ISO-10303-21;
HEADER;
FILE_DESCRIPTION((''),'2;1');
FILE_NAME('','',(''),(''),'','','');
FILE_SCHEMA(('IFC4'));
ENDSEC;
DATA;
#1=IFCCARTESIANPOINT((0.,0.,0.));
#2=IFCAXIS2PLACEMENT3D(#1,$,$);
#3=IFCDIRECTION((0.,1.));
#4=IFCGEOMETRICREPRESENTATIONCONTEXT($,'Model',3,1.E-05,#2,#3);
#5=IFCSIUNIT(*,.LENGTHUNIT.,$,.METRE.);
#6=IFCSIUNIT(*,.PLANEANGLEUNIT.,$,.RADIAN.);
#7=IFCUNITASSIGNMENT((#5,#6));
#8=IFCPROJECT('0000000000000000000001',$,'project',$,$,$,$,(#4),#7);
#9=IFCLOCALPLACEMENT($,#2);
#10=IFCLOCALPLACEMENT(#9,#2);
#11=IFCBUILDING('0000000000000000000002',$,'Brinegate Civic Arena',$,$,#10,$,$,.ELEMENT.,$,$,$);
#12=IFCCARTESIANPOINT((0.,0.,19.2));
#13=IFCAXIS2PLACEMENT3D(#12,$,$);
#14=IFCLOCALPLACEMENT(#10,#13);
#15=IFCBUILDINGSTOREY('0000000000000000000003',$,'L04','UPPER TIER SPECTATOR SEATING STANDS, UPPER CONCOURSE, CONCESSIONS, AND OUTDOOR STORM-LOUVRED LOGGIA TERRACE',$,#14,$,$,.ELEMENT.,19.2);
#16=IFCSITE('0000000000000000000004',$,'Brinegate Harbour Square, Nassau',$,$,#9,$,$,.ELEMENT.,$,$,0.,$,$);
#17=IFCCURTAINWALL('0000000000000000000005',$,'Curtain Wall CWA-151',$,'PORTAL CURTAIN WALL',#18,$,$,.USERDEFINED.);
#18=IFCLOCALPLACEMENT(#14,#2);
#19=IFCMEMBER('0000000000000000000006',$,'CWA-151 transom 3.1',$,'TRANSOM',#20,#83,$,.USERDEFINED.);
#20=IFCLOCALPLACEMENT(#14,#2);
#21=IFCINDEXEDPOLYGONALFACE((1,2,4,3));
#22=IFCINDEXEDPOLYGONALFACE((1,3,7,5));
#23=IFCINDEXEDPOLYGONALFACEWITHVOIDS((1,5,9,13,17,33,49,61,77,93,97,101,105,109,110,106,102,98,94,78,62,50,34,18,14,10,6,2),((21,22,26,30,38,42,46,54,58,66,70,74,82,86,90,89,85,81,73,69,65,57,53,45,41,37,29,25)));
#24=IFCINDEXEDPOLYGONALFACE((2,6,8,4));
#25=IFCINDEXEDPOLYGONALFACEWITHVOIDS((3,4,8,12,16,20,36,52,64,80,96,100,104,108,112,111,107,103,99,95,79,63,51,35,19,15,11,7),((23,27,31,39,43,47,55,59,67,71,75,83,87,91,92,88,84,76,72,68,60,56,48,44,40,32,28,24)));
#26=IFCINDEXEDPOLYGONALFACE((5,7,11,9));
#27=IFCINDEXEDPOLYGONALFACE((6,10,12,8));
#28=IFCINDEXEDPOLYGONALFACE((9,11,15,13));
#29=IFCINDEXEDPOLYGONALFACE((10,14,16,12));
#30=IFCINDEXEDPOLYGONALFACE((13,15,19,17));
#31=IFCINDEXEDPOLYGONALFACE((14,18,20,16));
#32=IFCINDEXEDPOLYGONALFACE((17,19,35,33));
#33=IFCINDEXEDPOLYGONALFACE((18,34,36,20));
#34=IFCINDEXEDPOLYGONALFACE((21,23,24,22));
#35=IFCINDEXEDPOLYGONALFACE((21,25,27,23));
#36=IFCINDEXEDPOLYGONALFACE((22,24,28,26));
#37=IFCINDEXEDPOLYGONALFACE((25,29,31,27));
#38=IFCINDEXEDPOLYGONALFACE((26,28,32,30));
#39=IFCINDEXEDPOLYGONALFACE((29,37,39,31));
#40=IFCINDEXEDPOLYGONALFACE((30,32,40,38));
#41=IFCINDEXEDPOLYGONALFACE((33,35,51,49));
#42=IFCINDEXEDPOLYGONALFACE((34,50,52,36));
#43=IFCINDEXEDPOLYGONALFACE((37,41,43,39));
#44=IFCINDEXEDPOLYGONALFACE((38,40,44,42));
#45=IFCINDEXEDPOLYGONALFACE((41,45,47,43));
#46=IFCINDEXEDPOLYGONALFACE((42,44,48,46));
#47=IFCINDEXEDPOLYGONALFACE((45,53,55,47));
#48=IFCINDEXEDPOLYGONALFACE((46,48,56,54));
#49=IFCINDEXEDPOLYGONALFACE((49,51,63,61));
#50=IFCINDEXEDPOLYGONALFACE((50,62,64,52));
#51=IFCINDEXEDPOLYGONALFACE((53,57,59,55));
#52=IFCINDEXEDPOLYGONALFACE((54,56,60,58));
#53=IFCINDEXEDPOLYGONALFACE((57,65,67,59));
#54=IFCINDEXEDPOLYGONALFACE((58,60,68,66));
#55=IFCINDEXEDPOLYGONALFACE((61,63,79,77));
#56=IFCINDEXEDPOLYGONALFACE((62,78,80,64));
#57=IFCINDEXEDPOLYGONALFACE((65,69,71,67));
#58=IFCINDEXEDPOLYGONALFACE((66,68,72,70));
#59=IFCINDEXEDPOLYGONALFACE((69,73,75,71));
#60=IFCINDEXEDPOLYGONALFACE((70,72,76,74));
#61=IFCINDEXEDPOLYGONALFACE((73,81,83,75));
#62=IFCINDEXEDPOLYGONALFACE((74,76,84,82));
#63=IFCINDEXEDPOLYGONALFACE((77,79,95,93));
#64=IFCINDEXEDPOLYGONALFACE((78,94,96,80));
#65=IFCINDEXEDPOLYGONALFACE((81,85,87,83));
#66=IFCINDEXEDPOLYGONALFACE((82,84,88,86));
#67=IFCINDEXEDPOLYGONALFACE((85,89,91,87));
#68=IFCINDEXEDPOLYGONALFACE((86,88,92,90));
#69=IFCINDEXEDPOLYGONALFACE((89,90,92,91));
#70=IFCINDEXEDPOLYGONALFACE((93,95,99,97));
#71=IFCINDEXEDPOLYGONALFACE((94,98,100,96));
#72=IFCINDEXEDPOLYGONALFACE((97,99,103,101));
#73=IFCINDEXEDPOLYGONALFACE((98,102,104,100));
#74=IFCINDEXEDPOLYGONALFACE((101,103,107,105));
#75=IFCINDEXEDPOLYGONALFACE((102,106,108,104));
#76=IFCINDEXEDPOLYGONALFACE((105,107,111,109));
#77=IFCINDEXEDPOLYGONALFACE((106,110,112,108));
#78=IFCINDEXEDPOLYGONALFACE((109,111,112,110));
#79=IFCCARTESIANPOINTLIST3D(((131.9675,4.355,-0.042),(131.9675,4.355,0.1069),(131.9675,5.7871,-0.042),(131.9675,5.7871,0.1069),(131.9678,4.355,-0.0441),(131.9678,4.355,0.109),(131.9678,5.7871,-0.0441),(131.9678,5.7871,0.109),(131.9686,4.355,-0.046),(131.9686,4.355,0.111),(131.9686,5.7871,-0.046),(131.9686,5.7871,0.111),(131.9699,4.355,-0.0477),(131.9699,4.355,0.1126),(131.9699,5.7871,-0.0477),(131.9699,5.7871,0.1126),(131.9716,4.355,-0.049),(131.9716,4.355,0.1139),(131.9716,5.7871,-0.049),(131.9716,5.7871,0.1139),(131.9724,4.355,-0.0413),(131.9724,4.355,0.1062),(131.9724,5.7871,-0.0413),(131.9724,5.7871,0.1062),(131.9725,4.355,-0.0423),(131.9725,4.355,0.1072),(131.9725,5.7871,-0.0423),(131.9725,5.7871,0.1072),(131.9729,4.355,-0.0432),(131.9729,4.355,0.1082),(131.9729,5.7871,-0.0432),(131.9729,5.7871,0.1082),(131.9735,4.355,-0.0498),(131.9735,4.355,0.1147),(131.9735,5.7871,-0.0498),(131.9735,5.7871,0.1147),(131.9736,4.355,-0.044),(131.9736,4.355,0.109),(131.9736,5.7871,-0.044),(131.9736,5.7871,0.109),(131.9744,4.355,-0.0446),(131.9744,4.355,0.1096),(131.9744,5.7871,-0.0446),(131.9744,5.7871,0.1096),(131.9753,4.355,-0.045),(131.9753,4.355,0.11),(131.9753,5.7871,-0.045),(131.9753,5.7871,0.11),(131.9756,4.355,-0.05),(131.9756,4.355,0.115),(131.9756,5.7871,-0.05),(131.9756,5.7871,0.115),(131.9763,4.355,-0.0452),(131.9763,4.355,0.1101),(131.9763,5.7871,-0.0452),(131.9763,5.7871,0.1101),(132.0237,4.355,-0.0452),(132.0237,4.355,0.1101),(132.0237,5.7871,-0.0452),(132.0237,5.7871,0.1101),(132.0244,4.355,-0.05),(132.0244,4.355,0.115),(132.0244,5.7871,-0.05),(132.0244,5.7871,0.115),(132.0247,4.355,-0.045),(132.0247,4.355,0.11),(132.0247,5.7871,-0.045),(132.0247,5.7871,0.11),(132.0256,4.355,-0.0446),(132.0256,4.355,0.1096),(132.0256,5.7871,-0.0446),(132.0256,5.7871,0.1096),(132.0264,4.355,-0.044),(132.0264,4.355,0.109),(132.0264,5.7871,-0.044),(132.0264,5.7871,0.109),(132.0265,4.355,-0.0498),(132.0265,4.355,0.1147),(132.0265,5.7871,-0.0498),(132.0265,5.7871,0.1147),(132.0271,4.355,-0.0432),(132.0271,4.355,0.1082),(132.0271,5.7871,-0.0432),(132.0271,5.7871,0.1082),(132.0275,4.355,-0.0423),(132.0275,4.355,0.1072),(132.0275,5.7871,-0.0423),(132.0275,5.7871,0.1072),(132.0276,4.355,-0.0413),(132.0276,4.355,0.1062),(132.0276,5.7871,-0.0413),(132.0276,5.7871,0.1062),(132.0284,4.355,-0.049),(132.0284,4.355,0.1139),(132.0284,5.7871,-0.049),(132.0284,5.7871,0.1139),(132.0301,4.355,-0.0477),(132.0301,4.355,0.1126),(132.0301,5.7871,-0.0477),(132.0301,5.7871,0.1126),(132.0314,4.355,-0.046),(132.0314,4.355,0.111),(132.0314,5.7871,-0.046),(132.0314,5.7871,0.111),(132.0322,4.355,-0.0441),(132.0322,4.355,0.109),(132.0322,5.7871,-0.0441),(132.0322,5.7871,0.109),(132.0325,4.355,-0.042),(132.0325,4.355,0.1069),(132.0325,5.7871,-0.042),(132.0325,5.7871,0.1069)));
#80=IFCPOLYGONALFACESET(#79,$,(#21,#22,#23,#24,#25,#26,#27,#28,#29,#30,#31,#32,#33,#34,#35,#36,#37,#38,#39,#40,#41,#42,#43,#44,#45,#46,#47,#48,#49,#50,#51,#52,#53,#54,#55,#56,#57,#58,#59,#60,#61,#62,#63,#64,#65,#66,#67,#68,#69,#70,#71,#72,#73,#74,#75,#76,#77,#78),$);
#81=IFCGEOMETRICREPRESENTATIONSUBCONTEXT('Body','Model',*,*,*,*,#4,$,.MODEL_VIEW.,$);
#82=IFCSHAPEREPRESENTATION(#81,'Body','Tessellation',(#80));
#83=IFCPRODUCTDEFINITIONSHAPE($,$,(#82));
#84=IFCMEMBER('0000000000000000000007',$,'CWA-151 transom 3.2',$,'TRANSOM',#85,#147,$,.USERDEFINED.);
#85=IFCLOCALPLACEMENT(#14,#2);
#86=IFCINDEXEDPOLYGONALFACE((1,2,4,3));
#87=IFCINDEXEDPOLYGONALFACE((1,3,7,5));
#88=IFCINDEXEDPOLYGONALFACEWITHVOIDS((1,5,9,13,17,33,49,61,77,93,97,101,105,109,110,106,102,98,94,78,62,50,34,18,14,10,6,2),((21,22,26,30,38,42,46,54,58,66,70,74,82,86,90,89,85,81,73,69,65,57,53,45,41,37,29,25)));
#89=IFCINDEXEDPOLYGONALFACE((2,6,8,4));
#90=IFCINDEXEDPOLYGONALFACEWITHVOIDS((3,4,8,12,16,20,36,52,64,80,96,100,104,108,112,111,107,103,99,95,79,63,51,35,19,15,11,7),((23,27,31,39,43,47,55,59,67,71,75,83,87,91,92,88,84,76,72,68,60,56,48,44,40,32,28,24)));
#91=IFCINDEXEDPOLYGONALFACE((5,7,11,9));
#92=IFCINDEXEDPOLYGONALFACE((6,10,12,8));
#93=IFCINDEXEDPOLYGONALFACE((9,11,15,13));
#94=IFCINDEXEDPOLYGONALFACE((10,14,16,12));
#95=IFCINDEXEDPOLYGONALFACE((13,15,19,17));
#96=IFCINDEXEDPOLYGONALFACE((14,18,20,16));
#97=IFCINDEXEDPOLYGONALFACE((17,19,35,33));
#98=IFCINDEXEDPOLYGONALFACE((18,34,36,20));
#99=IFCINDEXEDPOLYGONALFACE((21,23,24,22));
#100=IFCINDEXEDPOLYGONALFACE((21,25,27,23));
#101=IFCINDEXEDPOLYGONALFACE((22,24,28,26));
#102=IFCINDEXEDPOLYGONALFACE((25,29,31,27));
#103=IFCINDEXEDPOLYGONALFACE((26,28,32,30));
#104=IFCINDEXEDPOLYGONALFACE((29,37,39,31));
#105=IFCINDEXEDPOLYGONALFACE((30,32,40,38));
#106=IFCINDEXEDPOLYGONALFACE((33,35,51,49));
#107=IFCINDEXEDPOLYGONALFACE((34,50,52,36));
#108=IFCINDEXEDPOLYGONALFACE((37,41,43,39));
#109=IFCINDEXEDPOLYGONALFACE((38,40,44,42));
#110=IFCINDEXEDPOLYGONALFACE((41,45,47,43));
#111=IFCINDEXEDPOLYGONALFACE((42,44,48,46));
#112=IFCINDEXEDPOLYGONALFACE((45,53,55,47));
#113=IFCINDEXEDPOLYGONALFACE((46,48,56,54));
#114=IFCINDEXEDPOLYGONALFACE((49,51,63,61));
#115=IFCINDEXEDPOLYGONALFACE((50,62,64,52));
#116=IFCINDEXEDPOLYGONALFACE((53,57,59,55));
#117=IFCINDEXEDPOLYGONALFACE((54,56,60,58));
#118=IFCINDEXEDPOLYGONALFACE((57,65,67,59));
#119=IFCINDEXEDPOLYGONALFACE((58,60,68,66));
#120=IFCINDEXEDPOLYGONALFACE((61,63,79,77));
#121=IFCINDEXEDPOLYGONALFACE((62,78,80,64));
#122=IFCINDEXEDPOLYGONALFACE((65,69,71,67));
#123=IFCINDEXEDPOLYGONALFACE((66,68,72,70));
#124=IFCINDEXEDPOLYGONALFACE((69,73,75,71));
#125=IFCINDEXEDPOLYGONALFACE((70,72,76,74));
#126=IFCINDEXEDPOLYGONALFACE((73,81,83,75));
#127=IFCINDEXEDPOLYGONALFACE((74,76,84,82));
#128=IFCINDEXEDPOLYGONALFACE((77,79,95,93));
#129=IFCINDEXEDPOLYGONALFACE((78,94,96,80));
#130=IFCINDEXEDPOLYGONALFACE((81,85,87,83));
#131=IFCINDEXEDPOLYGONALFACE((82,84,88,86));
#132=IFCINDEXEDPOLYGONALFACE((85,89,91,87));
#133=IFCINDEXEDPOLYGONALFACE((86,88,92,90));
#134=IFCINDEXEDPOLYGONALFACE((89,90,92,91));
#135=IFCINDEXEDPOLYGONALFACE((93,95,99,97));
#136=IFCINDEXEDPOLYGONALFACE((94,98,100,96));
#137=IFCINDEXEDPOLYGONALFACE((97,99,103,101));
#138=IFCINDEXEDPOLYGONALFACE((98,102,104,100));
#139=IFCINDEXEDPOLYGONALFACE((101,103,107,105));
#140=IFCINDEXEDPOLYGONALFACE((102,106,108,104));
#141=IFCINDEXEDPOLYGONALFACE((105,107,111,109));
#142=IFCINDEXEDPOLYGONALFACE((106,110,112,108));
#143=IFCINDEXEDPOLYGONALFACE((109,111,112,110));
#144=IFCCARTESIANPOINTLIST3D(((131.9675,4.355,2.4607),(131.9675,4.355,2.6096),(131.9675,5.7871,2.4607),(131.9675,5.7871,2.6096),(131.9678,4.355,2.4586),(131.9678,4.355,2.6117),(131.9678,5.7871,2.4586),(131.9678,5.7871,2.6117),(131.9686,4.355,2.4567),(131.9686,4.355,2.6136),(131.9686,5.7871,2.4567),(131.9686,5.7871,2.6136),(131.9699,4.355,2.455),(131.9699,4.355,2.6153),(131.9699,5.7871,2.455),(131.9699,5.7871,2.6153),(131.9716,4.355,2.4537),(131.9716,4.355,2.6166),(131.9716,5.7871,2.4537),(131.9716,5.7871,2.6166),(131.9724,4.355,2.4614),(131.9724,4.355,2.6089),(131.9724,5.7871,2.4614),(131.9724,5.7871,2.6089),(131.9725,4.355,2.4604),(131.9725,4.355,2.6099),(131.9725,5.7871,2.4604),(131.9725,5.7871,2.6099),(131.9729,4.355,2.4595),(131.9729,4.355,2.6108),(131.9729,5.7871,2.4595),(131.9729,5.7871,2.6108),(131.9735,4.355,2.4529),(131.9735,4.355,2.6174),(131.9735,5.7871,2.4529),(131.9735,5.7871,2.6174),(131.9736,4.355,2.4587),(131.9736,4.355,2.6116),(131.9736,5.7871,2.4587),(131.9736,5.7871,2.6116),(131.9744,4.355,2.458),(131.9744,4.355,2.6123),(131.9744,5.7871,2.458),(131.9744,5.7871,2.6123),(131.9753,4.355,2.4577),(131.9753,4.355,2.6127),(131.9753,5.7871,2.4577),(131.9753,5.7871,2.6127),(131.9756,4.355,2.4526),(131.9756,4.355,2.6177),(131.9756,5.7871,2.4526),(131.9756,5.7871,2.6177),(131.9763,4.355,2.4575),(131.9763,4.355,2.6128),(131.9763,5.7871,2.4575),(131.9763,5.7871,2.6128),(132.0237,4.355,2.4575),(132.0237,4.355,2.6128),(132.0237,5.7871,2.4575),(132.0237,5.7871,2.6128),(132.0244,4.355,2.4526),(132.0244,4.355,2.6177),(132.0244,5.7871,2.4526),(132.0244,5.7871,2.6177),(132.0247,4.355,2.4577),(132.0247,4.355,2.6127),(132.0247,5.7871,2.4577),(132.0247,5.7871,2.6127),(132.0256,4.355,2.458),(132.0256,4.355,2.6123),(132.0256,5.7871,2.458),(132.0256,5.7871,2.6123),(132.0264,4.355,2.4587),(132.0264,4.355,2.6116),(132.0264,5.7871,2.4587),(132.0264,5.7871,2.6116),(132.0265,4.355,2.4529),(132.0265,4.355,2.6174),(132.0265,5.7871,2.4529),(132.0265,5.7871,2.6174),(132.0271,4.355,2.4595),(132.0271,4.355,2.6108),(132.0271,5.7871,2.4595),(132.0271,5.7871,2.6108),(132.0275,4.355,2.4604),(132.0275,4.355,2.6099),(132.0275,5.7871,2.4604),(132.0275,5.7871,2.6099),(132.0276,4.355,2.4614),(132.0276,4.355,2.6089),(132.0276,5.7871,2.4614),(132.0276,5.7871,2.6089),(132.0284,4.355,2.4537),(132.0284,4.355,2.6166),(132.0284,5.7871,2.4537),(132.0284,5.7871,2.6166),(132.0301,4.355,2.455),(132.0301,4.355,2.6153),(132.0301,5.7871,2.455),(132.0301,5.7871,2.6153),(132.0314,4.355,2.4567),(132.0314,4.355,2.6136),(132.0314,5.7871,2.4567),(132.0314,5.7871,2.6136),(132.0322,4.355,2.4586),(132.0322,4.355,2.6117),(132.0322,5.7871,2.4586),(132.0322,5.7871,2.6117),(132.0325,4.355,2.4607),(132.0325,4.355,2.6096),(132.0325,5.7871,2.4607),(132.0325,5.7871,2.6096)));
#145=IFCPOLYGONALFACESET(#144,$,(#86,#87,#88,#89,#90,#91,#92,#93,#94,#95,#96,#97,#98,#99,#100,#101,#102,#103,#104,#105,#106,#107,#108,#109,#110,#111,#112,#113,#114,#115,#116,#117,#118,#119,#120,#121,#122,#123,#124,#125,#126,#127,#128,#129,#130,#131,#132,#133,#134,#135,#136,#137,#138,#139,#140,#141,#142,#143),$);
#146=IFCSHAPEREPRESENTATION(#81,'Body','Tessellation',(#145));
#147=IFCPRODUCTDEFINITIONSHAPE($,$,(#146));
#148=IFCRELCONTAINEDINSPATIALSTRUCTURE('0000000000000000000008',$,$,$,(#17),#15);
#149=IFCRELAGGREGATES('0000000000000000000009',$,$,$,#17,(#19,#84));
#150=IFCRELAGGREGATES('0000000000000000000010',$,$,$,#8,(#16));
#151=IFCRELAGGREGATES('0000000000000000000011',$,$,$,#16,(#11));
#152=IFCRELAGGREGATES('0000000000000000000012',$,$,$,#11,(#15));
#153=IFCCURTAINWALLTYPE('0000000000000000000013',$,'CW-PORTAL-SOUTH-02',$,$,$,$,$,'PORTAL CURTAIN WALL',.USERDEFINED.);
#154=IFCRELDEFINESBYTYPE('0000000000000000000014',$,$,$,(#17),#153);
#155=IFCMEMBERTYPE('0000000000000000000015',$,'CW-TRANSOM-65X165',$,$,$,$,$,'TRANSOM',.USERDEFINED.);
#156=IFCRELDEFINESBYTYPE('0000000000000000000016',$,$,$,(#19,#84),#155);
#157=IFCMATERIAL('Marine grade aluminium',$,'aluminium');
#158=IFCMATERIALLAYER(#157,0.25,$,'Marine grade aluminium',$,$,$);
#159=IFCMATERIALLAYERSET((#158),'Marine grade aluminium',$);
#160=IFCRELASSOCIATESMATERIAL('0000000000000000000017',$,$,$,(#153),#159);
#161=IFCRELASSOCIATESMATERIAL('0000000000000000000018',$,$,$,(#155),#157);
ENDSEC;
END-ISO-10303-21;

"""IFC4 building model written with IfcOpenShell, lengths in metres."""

from ifc_helpers import new_model, si_unit, direction, frame, origin, origin_2d, place, context, subcontext, project, spatial, hollow_rectangle, extrude, material, layer, layer_set, material_profile, profile_set, type_object, element, aggregate, save


model = new_model("IFC4")

# Units and contexts
model_context = context("Model", 3, precision=1e-05, world=origin(), true_north=direction((0.0, 1.0)))
body_context = subcontext(model_context, "Body", "Model", "MODEL_VIEW")
ifc_project = project(units=[si_unit("LENGTHUNIT", "METRE"), si_unit("PLANEANGLEUNIT", "RADIAN")], contexts=[model_context])

# Site, building, storey
site_placement = place(None, origin())
site = spatial("IfcSite", under=ifc_project, at=site_placement, Name="Brinegate Harbour Square, Nassau", CompositionType="ELEMENT", RefElevation=0.0)
building_placement = place(site_placement, origin())
building = spatial("IfcBuilding", under=site, at=building_placement, Name="Brinegate Civic Arena", CompositionType="ELEMENT")
storey_placement = place(building_placement, frame((0.0, 0.0, 19.2)))
storey = spatial("IfcBuildingStorey", under=building, at=storey_placement, Name="L04", Description="UPPER TIER SPECTATOR SEATING STANDS, UPPER CONCOURSE, CONCESSIONS, AND OUTDOOR STORM-LOUVRED LOGGIA TERRACE", CompositionType="ELEMENT", Elevation=19.2)

# Curtain wall, members
ifc_material_1 = material(Name="Marine grade aluminium", Category="aluminium")
ifc_layer_1 = layer(ifc_material_1, 0.25, Name="Marine grade aluminium")
ifc_layer_set_1 = layer_set([ifc_layer_1], Name="Marine grade aluminium")
curtain_wall_type = type_object("IfcCurtainWallType", Name="CW-PORTAL-SOUTH-02", ElementType="PORTAL CURTAIN WALL", PredefinedType="USERDEFINED", material=ifc_layer_set_1)
curtain_wall_placement = place(storey_placement, origin())
curtain_wall = element("IfcCurtainWall", 1, at=curtain_wall_placement, inside=storey, type_object=curtain_wall_type, Name="Curtain Wall CWA-151", ObjectType="PORTAL CURTAIN WALL", PredefinedType="USERDEFINED")
ifc_material_profile_1 = material_profile(ifc_material_1, hollow_rectangle(XDim=0.0649, YDim=0.165, WallThickness=0.0049, InnerFilletRadius=0.0039, OuterFilletRadius=0.0081, at=origin_2d()), Name="TRN65X165")
ifc_profile_set_1 = profile_set([ifc_material_profile_1], Name="Marine grade aluminium")
member_type_1 = type_object("IfcMemberType", Name="CW-TRANSOM-65X165", ElementType="TRANSOM", PredefinedType="USERDEFINED", material=ifc_profile_set_1)
member_1_placement = place(storey_placement, frame((132.0, 4.355, 0.0325), z_axis=(0.0, 1.0, 0.0), x_axis=(-1.0, 0.0, 0.0)))
member_1 = element("IfcMember", 2, at=member_1_placement, type_object=member_type_1, Name="CWA-151 transom 3.1", ObjectType="TRANSOM", PredefinedType="USERDEFINED", context=body_context, shape_type="SweptSolid", body=[
    extrude(hollow_rectangle(XDim=0.0649, YDim=0.165, WallThickness=0.0049, InnerFilletRadius=0.0039, OuterFilletRadius=0.0081, at=origin_2d()), origin(), (0.0, 0.0, 1.0), 1.4321),
])
member_2_placement = place(storey_placement, frame((132.0, 4.355, 2.5352), z_axis=(0.0, 1.0, 0.0), x_axis=(-1.0, 0.0, 0.0)))
member_2 = element("IfcMember", 3, at=member_2_placement, type_object=member_type_1, Name="CWA-151 transom 3.2", ObjectType="TRANSOM", PredefinedType="USERDEFINED", context=body_context, shape_type="SweptSolid", body=[
    extrude(hollow_rectangle(XDim=0.0649, YDim=0.165, WallThickness=0.0049, InnerFilletRadius=0.0039, OuterFilletRadius=0.0081, at=origin_2d()), origin(), (0.0, 0.0, 1.0), 1.4321),
])
aggregate(curtain_wall, [member_1, member_2])

save(model, "model.ifc")
